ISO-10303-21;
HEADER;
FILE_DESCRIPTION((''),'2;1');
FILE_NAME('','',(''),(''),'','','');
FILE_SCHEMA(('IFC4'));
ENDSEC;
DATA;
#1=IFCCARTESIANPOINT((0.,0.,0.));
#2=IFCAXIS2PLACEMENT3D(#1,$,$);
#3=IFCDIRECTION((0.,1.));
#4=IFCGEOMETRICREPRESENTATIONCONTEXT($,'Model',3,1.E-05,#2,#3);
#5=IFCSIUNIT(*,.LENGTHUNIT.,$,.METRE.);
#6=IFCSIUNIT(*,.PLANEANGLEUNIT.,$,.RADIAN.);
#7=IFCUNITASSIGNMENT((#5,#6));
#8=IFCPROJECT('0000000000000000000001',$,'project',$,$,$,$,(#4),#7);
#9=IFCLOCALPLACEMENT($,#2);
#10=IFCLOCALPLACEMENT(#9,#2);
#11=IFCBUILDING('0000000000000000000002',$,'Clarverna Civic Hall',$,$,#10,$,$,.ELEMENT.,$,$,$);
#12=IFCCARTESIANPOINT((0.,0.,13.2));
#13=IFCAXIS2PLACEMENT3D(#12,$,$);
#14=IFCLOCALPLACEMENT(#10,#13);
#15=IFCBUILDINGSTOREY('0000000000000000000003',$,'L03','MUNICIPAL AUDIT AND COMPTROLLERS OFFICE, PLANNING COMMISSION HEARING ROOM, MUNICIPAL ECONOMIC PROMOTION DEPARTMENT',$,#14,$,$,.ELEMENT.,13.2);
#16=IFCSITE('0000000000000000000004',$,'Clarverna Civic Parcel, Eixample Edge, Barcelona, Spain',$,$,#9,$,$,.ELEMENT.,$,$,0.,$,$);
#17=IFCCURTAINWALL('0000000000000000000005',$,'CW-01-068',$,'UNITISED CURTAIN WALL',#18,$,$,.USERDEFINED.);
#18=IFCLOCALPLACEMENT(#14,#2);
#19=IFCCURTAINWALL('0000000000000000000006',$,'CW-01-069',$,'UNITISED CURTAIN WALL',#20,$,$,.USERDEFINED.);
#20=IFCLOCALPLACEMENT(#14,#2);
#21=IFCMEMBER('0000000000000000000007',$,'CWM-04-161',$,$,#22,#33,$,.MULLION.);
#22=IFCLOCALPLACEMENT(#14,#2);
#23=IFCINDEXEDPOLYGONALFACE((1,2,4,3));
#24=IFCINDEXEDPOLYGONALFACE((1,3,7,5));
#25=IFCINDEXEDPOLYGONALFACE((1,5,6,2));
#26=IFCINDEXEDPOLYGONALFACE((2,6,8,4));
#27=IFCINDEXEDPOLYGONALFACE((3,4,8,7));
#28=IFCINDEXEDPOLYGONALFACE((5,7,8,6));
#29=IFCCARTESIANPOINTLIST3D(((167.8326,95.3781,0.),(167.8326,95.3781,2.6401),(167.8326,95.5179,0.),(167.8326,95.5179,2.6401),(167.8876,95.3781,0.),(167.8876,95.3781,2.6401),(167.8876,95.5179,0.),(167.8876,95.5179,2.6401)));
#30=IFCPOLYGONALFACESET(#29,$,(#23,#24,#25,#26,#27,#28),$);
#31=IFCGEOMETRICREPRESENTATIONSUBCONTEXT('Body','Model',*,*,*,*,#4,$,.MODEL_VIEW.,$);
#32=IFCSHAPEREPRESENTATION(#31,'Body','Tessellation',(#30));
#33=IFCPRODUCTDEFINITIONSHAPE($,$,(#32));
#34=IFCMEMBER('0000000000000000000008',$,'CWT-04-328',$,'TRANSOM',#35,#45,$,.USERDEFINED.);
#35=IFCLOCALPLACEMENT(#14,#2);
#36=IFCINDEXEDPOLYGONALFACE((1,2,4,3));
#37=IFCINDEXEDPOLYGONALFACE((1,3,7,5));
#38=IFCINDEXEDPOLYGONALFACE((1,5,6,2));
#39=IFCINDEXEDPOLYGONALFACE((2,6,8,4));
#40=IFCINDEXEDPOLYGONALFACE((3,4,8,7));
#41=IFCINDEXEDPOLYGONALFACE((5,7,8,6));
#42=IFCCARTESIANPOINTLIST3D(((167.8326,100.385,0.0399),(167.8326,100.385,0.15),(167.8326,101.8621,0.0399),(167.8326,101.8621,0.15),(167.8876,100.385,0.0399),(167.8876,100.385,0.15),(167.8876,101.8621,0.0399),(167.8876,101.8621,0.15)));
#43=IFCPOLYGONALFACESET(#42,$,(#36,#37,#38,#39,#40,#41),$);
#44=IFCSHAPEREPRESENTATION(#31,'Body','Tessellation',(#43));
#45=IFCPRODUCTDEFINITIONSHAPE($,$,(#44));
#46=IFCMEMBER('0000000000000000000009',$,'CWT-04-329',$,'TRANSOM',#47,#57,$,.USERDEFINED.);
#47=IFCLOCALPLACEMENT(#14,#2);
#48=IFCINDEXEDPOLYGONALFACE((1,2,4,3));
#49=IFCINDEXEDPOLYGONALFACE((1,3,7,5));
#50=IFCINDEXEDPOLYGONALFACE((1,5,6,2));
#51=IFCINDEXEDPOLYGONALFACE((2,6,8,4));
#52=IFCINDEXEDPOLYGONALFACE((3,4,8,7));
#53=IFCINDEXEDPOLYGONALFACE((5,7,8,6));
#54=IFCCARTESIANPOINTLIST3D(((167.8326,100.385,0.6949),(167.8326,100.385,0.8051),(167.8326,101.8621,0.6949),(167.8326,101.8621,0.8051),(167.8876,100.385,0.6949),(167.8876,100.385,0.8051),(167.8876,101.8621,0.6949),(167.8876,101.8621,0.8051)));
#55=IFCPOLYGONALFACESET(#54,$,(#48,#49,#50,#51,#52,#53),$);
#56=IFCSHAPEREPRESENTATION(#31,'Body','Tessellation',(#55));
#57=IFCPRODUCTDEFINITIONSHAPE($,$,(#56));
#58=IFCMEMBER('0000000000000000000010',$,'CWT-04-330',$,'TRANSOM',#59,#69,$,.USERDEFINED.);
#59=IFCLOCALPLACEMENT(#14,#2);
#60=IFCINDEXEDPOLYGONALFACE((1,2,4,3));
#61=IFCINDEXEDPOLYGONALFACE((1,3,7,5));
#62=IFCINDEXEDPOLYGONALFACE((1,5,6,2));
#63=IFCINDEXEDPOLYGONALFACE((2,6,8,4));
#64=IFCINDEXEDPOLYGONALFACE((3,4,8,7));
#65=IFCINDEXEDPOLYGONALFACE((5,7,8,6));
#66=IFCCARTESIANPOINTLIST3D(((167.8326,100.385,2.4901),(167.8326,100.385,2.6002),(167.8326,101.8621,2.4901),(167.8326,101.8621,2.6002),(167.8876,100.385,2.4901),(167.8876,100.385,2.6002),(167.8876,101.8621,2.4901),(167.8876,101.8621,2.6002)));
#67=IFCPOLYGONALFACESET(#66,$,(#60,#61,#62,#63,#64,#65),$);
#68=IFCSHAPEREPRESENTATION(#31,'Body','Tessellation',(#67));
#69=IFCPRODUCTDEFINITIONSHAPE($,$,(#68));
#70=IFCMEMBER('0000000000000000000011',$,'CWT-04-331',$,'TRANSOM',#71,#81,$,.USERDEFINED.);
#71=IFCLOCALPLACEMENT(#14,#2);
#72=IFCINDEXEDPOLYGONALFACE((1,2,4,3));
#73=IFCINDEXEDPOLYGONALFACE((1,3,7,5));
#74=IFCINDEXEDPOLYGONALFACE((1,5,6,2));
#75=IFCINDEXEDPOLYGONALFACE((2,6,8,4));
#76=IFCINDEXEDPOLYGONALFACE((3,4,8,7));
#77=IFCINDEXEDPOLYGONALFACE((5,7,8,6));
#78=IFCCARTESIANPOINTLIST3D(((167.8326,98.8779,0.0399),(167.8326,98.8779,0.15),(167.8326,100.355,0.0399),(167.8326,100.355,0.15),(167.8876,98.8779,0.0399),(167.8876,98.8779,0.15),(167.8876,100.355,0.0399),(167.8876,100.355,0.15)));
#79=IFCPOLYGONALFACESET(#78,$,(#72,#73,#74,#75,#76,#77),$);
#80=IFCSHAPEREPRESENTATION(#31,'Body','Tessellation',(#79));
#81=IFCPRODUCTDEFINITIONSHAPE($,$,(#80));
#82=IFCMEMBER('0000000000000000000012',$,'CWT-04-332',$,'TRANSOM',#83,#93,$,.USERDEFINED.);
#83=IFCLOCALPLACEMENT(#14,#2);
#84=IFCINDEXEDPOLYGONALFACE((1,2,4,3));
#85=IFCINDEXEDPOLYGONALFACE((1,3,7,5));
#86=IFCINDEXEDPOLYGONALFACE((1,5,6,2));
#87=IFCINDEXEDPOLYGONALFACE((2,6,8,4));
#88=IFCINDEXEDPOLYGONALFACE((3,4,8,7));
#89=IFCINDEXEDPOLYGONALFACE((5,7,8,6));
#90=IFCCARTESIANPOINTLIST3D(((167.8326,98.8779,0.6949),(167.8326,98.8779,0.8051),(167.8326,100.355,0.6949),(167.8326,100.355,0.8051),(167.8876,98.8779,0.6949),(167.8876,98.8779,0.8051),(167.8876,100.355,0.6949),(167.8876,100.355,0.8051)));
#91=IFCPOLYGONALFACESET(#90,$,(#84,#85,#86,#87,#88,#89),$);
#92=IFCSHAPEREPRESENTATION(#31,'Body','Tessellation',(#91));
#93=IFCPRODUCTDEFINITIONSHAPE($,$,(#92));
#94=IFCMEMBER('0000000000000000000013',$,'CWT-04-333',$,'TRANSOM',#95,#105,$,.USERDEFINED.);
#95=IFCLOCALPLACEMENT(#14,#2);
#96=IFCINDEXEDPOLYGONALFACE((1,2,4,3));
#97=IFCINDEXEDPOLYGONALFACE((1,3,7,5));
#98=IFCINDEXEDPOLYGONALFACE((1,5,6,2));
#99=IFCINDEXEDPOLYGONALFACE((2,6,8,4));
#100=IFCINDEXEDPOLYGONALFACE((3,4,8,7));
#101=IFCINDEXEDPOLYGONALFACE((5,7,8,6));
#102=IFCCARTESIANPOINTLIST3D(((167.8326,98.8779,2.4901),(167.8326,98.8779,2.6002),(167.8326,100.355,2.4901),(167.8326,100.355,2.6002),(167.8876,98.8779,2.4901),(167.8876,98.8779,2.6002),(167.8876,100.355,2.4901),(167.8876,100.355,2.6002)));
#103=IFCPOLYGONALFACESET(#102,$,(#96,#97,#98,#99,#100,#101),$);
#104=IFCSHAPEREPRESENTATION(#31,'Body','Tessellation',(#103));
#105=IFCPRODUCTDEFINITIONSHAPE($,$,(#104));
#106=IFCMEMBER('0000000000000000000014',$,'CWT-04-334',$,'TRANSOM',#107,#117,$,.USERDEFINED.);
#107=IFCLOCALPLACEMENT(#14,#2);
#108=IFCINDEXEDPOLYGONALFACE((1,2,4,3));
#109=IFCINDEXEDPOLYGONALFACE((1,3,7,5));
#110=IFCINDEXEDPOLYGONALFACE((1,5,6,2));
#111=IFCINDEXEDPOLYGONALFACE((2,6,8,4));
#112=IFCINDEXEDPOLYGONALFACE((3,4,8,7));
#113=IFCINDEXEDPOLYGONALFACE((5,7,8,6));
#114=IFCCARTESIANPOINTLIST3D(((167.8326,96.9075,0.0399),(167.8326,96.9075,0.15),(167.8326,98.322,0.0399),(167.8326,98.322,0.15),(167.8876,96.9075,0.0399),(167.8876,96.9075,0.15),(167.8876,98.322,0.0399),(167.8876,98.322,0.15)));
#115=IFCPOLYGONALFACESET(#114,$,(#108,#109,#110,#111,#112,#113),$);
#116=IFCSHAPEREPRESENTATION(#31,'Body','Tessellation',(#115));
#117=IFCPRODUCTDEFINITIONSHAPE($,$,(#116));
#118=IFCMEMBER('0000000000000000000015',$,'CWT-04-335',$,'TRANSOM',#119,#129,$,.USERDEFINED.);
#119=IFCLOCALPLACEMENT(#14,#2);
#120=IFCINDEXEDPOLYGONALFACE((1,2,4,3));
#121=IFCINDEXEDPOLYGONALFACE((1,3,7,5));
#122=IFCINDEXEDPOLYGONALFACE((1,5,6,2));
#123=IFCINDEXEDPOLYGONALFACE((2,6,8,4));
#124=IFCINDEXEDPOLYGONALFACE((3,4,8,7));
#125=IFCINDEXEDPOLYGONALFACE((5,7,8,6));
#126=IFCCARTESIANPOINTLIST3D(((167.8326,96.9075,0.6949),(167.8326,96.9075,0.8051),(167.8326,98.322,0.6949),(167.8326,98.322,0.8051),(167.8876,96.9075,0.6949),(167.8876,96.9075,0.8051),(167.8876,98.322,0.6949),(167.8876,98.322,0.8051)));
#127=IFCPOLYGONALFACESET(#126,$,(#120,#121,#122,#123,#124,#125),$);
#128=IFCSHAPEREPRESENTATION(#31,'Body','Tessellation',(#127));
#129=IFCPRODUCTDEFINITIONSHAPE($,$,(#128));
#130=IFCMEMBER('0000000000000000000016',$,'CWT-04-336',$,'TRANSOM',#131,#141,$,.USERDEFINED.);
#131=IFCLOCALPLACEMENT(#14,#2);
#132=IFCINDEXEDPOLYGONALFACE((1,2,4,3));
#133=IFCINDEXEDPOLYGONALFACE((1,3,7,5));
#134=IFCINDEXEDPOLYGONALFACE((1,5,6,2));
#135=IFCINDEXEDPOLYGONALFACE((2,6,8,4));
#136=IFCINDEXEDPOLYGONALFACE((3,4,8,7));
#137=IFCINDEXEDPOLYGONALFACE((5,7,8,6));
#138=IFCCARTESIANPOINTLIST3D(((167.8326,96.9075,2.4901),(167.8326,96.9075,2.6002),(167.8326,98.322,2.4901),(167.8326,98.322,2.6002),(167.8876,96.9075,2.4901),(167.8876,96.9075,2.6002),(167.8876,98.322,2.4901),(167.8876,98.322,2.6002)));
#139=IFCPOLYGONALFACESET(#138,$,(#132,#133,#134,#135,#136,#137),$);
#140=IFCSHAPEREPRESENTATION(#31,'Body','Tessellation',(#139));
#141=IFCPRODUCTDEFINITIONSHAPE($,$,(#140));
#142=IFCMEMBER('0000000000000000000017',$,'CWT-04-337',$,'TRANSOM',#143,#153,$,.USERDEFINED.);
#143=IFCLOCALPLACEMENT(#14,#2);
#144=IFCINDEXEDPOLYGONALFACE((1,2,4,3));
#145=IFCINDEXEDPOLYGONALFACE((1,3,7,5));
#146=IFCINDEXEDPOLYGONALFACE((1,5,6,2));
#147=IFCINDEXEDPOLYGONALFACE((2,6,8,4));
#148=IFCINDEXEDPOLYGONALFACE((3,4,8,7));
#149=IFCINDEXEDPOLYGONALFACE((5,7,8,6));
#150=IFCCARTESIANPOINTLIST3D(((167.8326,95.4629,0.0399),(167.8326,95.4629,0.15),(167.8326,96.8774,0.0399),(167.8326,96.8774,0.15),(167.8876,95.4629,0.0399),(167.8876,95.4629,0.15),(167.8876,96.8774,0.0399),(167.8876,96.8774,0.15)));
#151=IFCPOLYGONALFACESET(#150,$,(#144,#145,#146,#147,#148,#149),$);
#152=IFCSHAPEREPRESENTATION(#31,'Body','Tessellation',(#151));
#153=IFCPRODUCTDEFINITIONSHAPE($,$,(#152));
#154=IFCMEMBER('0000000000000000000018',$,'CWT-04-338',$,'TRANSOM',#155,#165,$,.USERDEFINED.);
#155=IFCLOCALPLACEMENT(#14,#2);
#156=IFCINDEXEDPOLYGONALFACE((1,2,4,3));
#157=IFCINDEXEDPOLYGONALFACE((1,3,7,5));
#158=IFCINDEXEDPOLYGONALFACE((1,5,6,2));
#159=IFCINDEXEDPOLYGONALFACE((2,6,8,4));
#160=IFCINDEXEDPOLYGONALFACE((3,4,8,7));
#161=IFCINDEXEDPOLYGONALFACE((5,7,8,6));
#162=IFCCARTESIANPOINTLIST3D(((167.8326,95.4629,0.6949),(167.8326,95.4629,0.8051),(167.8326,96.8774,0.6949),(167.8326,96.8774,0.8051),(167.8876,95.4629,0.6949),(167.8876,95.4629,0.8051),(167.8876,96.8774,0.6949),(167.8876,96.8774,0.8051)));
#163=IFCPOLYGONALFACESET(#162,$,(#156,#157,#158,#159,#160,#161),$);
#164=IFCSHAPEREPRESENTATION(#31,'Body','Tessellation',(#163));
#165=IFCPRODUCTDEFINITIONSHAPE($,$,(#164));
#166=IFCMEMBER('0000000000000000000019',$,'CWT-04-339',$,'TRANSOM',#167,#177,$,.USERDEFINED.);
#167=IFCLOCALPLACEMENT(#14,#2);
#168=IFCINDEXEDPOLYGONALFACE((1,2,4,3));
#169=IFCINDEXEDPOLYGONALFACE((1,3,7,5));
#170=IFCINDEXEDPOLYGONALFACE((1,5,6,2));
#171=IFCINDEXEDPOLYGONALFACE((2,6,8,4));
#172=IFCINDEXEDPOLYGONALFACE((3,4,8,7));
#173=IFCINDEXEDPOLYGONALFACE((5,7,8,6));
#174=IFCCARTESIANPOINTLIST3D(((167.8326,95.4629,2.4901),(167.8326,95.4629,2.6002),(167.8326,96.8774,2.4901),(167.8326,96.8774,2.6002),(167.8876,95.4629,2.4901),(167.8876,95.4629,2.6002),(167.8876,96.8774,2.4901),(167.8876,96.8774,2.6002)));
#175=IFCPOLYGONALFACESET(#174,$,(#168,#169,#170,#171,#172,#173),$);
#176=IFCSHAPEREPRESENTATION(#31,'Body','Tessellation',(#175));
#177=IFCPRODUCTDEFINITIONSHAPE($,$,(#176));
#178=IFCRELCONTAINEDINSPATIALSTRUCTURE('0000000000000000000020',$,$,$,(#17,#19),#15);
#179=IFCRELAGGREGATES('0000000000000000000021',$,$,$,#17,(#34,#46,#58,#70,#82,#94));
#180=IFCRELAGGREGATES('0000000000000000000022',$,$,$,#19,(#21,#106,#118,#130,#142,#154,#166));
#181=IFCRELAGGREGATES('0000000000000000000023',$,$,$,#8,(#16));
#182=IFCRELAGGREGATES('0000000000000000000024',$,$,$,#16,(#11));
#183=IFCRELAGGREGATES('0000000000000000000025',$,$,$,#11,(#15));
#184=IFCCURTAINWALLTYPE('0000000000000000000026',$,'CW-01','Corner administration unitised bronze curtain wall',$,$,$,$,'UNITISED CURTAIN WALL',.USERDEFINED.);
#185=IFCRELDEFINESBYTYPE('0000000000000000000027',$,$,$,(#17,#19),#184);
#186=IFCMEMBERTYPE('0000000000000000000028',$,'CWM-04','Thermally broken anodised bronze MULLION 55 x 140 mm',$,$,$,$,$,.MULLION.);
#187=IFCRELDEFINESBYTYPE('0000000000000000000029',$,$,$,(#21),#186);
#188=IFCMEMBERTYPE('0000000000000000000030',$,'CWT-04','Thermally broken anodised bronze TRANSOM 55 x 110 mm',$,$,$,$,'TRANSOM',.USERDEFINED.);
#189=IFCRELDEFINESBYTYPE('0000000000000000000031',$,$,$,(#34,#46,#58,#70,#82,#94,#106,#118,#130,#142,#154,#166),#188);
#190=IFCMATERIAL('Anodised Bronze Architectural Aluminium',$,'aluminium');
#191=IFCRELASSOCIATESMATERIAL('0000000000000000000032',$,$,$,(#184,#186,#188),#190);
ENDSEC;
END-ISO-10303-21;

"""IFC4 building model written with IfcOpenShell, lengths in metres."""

from ifc_helpers import new_model, si_unit, direction, frame, origin, origin_2d, place, context, subcontext, project, spatial, rectangle, extrude, material, material_profile, profile_set, type_object, element, aggregate, save


model = new_model("IFC4")

# Units and contexts
model_context = context("Model", 3, precision=1e-05, world=origin(), true_north=direction((0.0, 1.0)))
body_context = subcontext(model_context, "Body", "Model", "MODEL_VIEW")
ifc_project = project(units=[si_unit("LENGTHUNIT", "METRE"), si_unit("PLANEANGLEUNIT", "RADIAN")], contexts=[model_context])

# Site, building, storey
site_placement = place(None, origin())
site = spatial("IfcSite", under=ifc_project, at=site_placement, Name="Clarverna Civic Parcel, Eixample Edge, Barcelona, Spain", CompositionType="ELEMENT", RefElevation=0.0)
building_placement = place(site_placement, origin())
building = spatial("IfcBuilding", under=site, at=building_placement, Name="Clarverna Civic Hall", CompositionType="ELEMENT")
storey_placement = place(building_placement, frame((0.0, 0.0, 13.2)))
storey = spatial("IfcBuildingStorey", under=building, at=storey_placement, Name="L03", Description="MUNICIPAL AUDIT AND COMPTROLLERS OFFICE, PLANNING COMMISSION HEARING ROOM, MUNICIPAL ECONOMIC PROMOTION DEPARTMENT", CompositionType="ELEMENT", Elevation=13.2)

# Shared definitions
ifc_material_1 = material(Name="Anodised Bronze Architectural Aluminium", Category="aluminium")
curtain_wall_type = type_object("IfcCurtainWallType", Name="CW-01", Description="Corner administration unitised bronze curtain wall", ElementType="UNITISED CURTAIN WALL", PredefinedType="USERDEFINED", material=ifc_material_1)

# Curtain walls, member
curtain_wall_1_placement = place(storey_placement, origin())
curtain_wall_1 = element("IfcCurtainWall", 1, at=curtain_wall_1_placement, inside=storey, type_object=curtain_wall_type, Name="CW-01-068", ObjectType="UNITISED CURTAIN WALL", PredefinedType="USERDEFINED")
ifc_material_profile_1 = material_profile(ifc_material_1, rectangle(XDim=0.0549, YDim=0.1399, at=origin_2d()), Name="BRONZE 55x140")
ifc_profile_set_1 = profile_set([ifc_material_profile_1], Name="Anodised Bronze Architectural Aluminium")
member_type_1 = type_object("IfcMemberType", Name="CWM-04", Description="Thermally broken anodised bronze MULLION 55 x 140 mm", PredefinedType="MULLION", material=ifc_profile_set_1)
curtain_wall_2_placement = place(storey_placement, origin())
curtain_wall_2 = element("IfcCurtainWall", 2, at=curtain_wall_2_placement, inside=storey, type_object=curtain_wall_type, Name="CW-01-069", ObjectType="UNITISED CURTAIN WALL", PredefinedType="USERDEFINED")
member_1_placement = place(storey_placement, frame((167.8601, 95.448, 0.0), z_axis=(0.0, 0.0, 1.0), x_axis=(1.0, 0.0, 0.0)))
member_1 = element("IfcMember", 3, at=member_1_placement, type_object=member_type_1, Name="CWM-04-161", PredefinedType="MULLION", context=body_context, shape_type="SweptSolid", body=[
    extrude(rectangle(XDim=0.0549, YDim=0.1399, at=origin_2d()), origin(), (0.0, 0.0, 1.0), 2.6401),
])

# Members
ifc_material_profile_2 = material_profile(ifc_material_1, rectangle(XDim=0.0549, YDim=0.1101, at=origin_2d()), Name="BRONZE 55x110")
ifc_profile_set_2 = profile_set([ifc_material_profile_2], Name="Anodised Bronze Architectural Aluminium")
member_type_2 = type_object("IfcMemberType", Name="CWT-04", Description="Thermally broken anodised bronze TRANSOM 55 x 110 mm", ElementType="TRANSOM", PredefinedType="USERDEFINED", material=ifc_profile_set_2)
member_2_placement = place(storey_placement, frame((167.8601, 101.8621, 0.095), z_axis=(0.0, -1.0, 0.0), x_axis=(1.0, 0.0, 0.0)))
member_2 = element("IfcMember", 4, at=member_2_placement, type_object=member_type_2, Name="CWT-04-328", ObjectType="TRANSOM", PredefinedType="USERDEFINED", context=body_context, shape_type="SweptSolid", body=[
    extrude(rectangle(XDim=0.0549, YDim=0.1101, at=origin_2d()), origin(), (0.0, 0.0, 1.0), 1.4771),
])
member_3_placement = place(storey_placement, frame((167.8601, 101.8621, 0.75), z_axis=(0.0, -1.0, 0.0), x_axis=(1.0, 0.0, 0.0)))
member_3 = element("IfcMember", 5, at=member_3_placement, type_object=member_type_2, Name="CWT-04-329", ObjectType="TRANSOM", PredefinedType="USERDEFINED", context=body_context, shape_type="SweptSolid", body=[
    extrude(rectangle(XDim=0.0549, YDim=0.1101, at=origin_2d()), origin(), (0.0, 0.0, 1.0), 1.4771),
])
member_4_placement = place(storey_placement, frame((167.8601, 101.8621, 2.5452), z_axis=(0.0, -1.0, 0.0), x_axis=(1.0, 0.0, 0.0)))
member_4 = element("IfcMember", 6, at=member_4_placement, type_object=member_type_2, Name="CWT-04-330", ObjectType="TRANSOM", PredefinedType="USERDEFINED", context=body_context, shape_type="SweptSolid", body=[
    extrude(rectangle(XDim=0.0549, YDim=0.1101, at=origin_2d()), origin(), (0.0, 0.0, 1.0), 1.4771),
])
member_5_placement = place(storey_placement, frame((167.8601, 100.355, 0.095), z_axis=(0.0, -1.0, 0.0), x_axis=(1.0, 0.0, 0.0)))
member_5 = element("IfcMember", 7, at=member_5_placement, type_object=member_type_2, Name="CWT-04-331", ObjectType="TRANSOM", PredefinedType="USERDEFINED", context=body_context, shape_type="SweptSolid", body=[
    extrude(rectangle(XDim=0.0549, YDim=0.1101, at=origin_2d()), origin(), (0.0, 0.0, 1.0), 1.4771),
])
member_6_placement = place(storey_placement, frame((167.8601, 100.355, 0.75), z_axis=(0.0, -1.0, 0.0), x_axis=(1.0, 0.0, 0.0)))
member_6 = element("IfcMember", 8, at=member_6_placement, type_object=member_type_2, Name="CWT-04-332", ObjectType="TRANSOM", PredefinedType="USERDEFINED", context=body_context, shape_type="SweptSolid", body=[
    extrude(rectangle(XDim=0.0549, YDim=0.1101, at=origin_2d()), origin(), (0.0, 0.0, 1.0), 1.4771),
])
member_7_placement = place(storey_placement, frame((167.8601, 100.355, 2.5452), z_axis=(0.0, -1.0, 0.0), x_axis=(1.0, 0.0, 0.0)))
member_7 = element("IfcMember", 9, at=member_7_placement, type_object=member_type_2, Name="CWT-04-333", ObjectType="TRANSOM", PredefinedType="USERDEFINED", context=body_context, shape_type="SweptSolid", body=[
    extrude(rectangle(XDim=0.0549, YDim=0.1101, at=origin_2d()), origin(), (0.0, 0.0, 1.0), 1.4771),
])
member_8_placement = place(storey_placement, frame((167.8601, 98.322, 0.095), z_axis=(0.0, -1.0, 0.0), x_axis=(1.0, 0.0, 0.0)))
member_8 = element("IfcMember", 10, at=member_8_placement, type_object=member_type_2, Name="CWT-04-334", ObjectType="TRANSOM", PredefinedType="USERDEFINED", context=body_context, shape_type="SweptSolid", body=[
    extrude(rectangle(XDim=0.0549, YDim=0.1101, at=origin_2d()), origin(), (0.0, 0.0, 1.0), 1.4146),
])
member_9_placement = place(storey_placement, frame((167.8601, 98.322, 0.75), z_axis=(0.0, -1.0, 0.0), x_axis=(1.0, 0.0, 0.0)))
member_9 = element("IfcMember", 11, at=member_9_placement, type_object=member_type_2, Name="CWT-04-335", ObjectType="TRANSOM", PredefinedType="USERDEFINED", context=body_context, shape_type="SweptSolid", body=[
    extrude(rectangle(XDim=0.0549, YDim=0.1101, at=origin_2d()), origin(), (0.0, 0.0, 1.0), 1.4146),
])
member_10_placement = place(storey_placement, frame((167.8601, 98.322, 2.5452), z_axis=(0.0, -1.0, 0.0), x_axis=(1.0, 0.0, 0.0)))
member_10 = element("IfcMember", 12, at=member_10_placement, type_object=member_type_2, Name="CWT-04-336", ObjectType="TRANSOM", PredefinedType="USERDEFINED", context=body_context, shape_type="SweptSolid", body=[
    extrude(rectangle(XDim=0.0549, YDim=0.1101, at=origin_2d()), origin(), (0.0, 0.0, 1.0), 1.4146),
])
member_11_placement = place(storey_placement, frame((167.8601, 96.8774, 0.095), z_axis=(0.0, -1.0, 0.0), x_axis=(1.0, 0.0, 0.0)))
member_11 = element("IfcMember", 13, at=member_11_placement, type_object=member_type_2, Name="CWT-04-337", ObjectType="TRANSOM", PredefinedType="USERDEFINED", context=body_context, shape_type="SweptSolid", body=[
    extrude(rectangle(XDim=0.0549, YDim=0.1101, at=origin_2d()), origin(), (0.0, 0.0, 1.0), 1.4146),
])
member_12_placement = place(storey_placement, frame((167.8601, 96.8774, 0.75), z_axis=(0.0, -1.0, 0.0), x_axis=(1.0, 0.0, 0.0)))
member_12 = element("IfcMember", 14, at=member_12_placement, type_object=member_type_2, Name="CWT-04-338", ObjectType="TRANSOM", PredefinedType="USERDEFINED", context=body_context, shape_type="SweptSolid", body=[
    extrude(rectangle(XDim=0.0549, YDim=0.1101, at=origin_2d()), origin(), (0.0, 0.0, 1.0), 1.4146),
])
member_13_placement = place(storey_placement, frame((167.8601, 96.8774, 2.5452), z_axis=(0.0, -1.0, 0.0), x_axis=(1.0, 0.0, 0.0)))
member_13 = element("IfcMember", 15, at=member_13_placement, type_object=member_type_2, Name="CWT-04-339", ObjectType="TRANSOM", PredefinedType="USERDEFINED", context=body_context, shape_type="SweptSolid", body=[
    extrude(rectangle(XDim=0.0549, YDim=0.1101, at=origin_2d()), origin(), (0.0, 0.0, 1.0), 1.4146),
])

aggregate(curtain_wall_1, [member_2, member_3, member_4, member_5, member_6, member_7])
aggregate(curtain_wall_2, [member_1, member_8, member_9, member_10, member_11, member_12, member_13])

save(model, "model.ifc")
